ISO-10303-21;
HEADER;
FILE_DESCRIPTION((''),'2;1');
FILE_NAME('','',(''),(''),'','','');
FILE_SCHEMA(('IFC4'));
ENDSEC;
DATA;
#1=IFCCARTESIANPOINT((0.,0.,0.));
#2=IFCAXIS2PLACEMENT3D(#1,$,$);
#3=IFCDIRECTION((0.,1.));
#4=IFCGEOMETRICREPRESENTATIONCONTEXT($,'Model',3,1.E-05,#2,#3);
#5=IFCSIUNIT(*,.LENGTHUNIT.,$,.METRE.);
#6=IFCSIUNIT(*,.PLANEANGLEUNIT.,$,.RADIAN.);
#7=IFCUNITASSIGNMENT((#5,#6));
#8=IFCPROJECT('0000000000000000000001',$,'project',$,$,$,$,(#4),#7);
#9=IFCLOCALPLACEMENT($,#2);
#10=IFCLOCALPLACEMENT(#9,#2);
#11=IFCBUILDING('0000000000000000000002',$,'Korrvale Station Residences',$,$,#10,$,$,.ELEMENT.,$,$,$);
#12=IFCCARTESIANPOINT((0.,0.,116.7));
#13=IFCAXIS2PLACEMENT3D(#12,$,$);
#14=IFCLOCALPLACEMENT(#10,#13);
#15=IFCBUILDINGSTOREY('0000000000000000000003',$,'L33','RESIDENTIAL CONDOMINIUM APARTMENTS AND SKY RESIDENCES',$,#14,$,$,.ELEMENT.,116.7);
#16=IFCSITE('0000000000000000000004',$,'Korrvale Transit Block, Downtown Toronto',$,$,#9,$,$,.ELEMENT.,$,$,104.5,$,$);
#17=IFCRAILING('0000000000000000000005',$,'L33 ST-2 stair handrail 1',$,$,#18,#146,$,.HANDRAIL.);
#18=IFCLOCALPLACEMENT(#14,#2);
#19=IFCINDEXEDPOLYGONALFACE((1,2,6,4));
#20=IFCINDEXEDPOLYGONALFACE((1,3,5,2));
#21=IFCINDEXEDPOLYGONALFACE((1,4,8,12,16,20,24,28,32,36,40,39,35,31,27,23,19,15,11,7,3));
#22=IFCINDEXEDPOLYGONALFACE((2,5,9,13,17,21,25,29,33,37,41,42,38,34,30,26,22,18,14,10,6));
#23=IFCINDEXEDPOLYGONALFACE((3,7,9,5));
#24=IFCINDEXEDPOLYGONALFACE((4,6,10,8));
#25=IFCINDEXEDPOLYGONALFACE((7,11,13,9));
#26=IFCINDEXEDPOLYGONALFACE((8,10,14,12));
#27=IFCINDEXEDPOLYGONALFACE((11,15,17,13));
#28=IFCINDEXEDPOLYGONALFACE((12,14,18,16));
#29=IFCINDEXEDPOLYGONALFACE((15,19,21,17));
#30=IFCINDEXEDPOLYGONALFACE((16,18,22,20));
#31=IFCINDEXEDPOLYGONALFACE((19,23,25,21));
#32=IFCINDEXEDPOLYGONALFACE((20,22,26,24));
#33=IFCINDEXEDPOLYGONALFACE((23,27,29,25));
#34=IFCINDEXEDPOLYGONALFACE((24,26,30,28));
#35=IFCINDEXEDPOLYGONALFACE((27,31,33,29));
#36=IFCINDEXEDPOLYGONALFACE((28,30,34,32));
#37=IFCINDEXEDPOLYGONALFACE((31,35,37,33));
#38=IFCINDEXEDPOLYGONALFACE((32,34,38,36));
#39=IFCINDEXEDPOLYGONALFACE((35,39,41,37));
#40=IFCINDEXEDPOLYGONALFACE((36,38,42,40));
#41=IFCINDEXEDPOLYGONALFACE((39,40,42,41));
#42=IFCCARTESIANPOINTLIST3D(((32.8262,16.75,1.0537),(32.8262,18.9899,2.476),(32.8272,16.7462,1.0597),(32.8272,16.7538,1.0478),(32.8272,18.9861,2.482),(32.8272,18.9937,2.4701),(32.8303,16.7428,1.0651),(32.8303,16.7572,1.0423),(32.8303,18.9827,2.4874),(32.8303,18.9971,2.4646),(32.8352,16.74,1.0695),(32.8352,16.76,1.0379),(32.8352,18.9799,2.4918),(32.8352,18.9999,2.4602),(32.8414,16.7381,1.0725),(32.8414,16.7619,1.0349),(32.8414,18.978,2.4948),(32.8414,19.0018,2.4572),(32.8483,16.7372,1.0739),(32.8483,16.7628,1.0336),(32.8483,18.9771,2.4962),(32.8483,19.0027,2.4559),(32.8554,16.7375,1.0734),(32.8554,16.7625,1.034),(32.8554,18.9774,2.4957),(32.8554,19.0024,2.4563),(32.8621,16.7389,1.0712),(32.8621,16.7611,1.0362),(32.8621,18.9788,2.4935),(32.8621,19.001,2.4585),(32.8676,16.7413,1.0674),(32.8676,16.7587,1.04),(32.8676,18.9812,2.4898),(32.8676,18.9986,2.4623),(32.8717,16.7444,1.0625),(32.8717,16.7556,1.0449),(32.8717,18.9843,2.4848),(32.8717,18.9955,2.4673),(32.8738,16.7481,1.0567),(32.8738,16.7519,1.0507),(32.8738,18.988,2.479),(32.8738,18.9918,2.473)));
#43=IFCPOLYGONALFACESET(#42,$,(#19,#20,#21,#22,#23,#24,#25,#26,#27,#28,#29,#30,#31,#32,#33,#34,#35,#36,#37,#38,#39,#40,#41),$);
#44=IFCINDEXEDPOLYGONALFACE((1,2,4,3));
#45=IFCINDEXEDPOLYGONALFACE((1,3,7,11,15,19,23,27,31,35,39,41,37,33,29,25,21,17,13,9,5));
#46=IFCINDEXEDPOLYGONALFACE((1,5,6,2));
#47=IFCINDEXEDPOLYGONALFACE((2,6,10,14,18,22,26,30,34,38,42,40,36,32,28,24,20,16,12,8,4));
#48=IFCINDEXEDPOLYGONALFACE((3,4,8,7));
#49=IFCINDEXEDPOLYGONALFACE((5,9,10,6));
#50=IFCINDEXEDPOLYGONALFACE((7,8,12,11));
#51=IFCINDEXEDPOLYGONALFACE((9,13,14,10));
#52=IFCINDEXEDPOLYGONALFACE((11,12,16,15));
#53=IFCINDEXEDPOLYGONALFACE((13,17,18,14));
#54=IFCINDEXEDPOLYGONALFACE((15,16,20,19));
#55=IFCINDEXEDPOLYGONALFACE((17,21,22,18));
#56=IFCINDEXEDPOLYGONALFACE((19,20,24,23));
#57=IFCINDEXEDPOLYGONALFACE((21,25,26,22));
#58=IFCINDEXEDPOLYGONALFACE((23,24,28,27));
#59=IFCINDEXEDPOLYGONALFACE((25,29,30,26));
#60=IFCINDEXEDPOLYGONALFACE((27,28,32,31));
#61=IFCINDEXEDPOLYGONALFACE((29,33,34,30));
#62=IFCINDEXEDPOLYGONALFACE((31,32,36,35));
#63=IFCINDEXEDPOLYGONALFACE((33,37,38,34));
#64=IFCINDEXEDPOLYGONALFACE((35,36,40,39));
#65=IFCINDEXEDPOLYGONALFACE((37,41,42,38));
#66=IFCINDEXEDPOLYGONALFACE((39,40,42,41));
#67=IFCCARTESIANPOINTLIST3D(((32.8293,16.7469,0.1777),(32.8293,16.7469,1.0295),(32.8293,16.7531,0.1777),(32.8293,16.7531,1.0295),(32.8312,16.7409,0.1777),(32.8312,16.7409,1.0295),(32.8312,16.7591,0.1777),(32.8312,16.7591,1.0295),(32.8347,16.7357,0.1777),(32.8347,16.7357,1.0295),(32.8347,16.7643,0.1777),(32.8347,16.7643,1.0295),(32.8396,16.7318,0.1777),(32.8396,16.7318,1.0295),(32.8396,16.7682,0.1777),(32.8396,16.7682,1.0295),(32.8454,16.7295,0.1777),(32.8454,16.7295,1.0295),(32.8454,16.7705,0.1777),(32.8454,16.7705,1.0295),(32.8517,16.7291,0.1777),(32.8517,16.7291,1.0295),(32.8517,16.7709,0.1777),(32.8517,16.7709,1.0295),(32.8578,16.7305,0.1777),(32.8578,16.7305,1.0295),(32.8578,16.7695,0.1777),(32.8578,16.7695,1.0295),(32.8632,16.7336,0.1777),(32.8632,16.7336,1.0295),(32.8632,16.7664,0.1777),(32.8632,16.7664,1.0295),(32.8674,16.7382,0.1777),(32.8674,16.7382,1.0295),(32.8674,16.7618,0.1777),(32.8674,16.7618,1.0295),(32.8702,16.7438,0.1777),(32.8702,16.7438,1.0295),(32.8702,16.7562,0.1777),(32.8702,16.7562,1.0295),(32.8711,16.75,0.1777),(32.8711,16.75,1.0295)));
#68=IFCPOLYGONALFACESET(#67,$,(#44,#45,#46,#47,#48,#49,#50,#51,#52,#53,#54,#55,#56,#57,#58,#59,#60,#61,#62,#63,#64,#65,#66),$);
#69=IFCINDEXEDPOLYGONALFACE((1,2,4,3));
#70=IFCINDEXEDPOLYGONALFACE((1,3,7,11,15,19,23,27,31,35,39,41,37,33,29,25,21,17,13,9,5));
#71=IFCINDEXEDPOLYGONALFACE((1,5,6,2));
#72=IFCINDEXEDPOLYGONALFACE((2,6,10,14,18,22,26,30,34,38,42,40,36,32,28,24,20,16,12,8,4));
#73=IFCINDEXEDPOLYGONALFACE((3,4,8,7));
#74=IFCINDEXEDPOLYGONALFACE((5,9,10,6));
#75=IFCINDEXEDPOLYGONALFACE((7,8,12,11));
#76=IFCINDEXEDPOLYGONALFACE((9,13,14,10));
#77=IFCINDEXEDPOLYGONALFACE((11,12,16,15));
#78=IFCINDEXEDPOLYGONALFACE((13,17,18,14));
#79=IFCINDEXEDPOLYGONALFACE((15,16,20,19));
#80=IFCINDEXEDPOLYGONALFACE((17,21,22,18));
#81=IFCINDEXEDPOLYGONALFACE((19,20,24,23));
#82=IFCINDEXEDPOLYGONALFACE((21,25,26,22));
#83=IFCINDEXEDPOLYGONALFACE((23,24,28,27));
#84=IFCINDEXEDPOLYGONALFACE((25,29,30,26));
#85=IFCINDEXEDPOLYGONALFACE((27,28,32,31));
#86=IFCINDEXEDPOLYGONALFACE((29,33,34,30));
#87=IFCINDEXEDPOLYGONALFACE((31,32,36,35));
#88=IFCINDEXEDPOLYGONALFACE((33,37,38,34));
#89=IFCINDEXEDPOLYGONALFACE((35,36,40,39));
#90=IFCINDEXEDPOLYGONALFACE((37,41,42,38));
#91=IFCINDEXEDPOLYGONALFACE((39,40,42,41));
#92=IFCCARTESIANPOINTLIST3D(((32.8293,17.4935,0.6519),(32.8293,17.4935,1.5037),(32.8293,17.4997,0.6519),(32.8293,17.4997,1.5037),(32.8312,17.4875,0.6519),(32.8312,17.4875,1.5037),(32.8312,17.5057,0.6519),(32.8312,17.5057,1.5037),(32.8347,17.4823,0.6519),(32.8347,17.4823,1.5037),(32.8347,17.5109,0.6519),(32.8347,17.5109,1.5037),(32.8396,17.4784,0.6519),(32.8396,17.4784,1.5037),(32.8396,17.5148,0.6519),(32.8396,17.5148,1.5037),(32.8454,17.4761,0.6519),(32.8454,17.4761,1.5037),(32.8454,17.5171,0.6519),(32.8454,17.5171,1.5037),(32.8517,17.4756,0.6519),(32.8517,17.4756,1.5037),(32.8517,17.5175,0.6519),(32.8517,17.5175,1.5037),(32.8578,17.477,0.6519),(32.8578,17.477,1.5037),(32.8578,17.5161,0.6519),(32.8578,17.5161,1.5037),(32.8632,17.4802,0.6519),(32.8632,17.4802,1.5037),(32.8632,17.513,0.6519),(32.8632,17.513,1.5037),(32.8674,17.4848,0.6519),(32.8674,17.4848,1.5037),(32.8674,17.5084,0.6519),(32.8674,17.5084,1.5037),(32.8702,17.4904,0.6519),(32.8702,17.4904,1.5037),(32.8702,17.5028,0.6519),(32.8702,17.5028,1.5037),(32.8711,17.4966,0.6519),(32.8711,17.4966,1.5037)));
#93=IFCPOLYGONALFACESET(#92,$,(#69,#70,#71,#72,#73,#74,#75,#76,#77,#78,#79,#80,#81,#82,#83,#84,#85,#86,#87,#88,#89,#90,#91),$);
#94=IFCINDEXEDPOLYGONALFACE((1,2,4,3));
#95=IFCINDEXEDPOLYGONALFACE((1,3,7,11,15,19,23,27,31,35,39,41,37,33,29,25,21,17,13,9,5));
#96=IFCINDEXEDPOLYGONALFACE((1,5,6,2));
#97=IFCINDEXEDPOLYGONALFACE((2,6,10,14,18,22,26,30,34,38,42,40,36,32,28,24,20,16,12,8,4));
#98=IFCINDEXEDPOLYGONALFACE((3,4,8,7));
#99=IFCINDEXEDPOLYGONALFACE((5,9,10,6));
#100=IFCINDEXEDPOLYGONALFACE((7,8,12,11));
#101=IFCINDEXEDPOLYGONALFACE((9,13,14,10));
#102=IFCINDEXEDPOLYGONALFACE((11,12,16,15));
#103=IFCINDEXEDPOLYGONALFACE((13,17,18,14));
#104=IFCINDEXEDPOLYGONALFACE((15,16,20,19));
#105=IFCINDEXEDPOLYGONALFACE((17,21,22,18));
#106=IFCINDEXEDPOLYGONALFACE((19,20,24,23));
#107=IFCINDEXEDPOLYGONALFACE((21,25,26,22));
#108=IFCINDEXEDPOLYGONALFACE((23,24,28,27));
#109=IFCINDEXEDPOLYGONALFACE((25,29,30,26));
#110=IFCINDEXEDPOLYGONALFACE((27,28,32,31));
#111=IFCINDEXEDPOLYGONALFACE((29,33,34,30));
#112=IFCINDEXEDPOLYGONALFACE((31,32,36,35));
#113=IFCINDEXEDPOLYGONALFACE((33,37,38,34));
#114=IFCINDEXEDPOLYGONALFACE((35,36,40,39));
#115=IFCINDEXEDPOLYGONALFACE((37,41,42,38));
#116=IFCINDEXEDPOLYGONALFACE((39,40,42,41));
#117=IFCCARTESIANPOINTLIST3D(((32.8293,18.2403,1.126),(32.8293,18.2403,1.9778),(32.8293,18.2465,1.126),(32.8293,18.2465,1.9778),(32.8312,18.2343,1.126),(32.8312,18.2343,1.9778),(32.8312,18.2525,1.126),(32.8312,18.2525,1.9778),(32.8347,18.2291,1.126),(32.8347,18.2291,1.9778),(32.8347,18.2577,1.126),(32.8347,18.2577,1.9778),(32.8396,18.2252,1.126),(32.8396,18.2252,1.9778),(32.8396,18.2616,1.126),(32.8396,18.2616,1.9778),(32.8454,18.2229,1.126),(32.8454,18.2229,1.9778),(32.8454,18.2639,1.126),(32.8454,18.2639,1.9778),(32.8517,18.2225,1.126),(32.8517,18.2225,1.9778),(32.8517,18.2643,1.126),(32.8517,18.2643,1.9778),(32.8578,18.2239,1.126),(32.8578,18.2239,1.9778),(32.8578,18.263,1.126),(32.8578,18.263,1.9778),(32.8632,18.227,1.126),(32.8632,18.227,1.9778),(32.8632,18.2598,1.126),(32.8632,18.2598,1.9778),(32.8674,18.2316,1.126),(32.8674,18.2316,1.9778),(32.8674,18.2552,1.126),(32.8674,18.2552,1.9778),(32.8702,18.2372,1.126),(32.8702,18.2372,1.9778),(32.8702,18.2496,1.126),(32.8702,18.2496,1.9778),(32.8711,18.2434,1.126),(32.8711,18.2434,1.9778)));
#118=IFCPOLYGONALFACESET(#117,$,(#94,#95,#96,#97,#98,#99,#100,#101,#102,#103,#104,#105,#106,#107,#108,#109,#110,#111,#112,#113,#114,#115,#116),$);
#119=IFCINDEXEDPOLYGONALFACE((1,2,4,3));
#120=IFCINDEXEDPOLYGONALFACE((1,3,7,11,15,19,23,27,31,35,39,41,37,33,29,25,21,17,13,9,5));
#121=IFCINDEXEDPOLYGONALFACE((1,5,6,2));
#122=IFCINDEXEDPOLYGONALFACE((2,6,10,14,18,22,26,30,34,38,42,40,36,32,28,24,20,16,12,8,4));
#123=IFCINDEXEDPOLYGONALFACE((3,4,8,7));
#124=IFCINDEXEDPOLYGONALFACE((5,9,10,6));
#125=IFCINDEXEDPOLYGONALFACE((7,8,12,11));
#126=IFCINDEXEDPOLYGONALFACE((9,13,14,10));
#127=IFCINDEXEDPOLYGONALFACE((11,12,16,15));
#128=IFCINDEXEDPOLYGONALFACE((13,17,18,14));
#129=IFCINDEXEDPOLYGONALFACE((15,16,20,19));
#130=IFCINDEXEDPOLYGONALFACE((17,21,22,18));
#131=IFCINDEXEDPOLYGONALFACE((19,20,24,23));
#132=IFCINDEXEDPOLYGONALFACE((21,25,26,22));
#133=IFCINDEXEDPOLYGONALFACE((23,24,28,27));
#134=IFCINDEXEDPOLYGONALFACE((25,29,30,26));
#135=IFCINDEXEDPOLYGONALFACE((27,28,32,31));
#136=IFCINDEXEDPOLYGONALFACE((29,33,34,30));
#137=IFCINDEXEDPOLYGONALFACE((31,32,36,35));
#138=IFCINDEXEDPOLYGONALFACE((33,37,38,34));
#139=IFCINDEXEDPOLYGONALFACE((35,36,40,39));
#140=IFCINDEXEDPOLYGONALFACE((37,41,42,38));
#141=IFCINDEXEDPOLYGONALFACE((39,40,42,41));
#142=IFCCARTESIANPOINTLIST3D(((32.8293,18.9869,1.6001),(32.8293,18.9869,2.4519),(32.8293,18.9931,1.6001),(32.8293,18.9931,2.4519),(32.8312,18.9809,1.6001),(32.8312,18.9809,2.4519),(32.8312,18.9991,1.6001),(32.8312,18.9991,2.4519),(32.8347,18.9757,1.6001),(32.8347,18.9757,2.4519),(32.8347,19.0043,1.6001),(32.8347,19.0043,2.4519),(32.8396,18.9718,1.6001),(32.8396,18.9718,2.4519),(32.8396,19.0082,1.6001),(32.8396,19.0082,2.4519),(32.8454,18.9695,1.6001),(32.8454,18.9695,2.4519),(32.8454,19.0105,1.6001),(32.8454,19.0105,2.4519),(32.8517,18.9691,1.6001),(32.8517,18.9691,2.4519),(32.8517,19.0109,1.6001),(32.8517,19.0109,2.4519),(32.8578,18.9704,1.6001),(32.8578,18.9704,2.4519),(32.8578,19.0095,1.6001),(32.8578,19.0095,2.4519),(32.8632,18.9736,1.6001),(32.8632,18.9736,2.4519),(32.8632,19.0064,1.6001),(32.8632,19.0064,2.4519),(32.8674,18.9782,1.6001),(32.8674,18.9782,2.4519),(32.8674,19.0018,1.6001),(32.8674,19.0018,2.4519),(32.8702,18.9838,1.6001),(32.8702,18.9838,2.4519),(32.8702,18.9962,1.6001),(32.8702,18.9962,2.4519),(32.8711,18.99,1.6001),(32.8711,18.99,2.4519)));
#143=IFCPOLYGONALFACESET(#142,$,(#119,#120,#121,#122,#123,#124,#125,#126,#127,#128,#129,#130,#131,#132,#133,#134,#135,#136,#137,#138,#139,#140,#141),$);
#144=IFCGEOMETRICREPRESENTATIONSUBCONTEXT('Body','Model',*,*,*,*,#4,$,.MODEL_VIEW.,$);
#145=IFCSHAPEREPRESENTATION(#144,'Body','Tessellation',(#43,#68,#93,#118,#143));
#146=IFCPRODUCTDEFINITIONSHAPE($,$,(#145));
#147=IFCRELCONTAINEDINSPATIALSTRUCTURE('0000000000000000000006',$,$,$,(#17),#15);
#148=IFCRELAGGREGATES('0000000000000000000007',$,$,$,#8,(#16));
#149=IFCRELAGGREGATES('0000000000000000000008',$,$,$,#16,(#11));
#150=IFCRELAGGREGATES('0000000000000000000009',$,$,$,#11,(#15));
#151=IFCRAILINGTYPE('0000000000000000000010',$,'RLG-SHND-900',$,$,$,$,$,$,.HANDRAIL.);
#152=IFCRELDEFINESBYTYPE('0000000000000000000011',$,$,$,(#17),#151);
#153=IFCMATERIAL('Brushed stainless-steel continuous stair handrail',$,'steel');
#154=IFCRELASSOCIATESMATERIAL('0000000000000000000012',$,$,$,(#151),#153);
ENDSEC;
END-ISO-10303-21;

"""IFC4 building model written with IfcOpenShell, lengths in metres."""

from ifc_helpers import new_model, si_unit, direction, frame, origin, origin_2d, place, context, subcontext, project, spatial, circle, extrude, material, type_object, element, save


model = new_model("IFC4")

# Units and contexts
model_context = context("Model", 3, precision=1e-05, world=origin(), true_north=direction((0.0, 1.0)))
body_context = subcontext(model_context, "Body", "Model", "MODEL_VIEW")
ifc_project = project(units=[si_unit("LENGTHUNIT", "METRE"), si_unit("PLANEANGLEUNIT", "RADIAN")], contexts=[model_context])

# Site, building, storey
site_placement = place(None, origin())
site = spatial("IfcSite", under=ifc_project, at=site_placement, Name="Korrvale Transit Block, Downtown Toronto", CompositionType="ELEMENT", RefElevation=104.5)
building_placement = place(site_placement, origin())
building = spatial("IfcBuilding", under=site, at=building_placement, Name="Korrvale Station Residences", CompositionType="ELEMENT")
storey_placement = place(building_placement, frame((0.0, 0.0, 116.7)))
storey = spatial("IfcBuildingStorey", under=building, at=storey_placement, Name="L33", Description="RESIDENTIAL CONDOMINIUM APARTMENTS AND SKY RESIDENCES", CompositionType="ELEMENT", Elevation=116.7)

# Railing
ifc_material_1 = material(Name="Brushed stainless-steel continuous stair handrail", Category="steel")
railing_type_1 = type_object("IfcRailingType", Name="RLG-SHND-900", PredefinedType="HANDRAIL", material=ifc_material_1)
railing_1_placement = place(storey_placement, frame((32.8501, 16.75, 0.1777)))
element("IfcRailing", 1, at=railing_1_placement, inside=storey, type_object=railing_type_1, Name="L33 ST-2 stair handrail 1", PredefinedType="HANDRAIL", context=body_context, shape_type="SweptSolid", body=[
    extrude(circle(Radius=0.0239, at=origin_2d()), frame((0.0, 0.0, 0.876), z_axis=(0.0, 0.844188, 0.536048), x_axis=(-1.0, 0.0, 0.0)), (0.0, 0.0, 1.0), 2.6533),
    extrude(circle(Radius=0.021, at=origin_2d()), origin(), (0.0, 0.0, 1.0), 0.8518),
    extrude(circle(Radius=0.021, at=origin_2d()), frame((0.0, 0.7466, 0.4741)), (0.0, 0.0, 1.0), 0.8518),
    extrude(circle(Radius=0.021, at=origin_2d()), frame((0.0, 1.4934, 0.9482)), (0.0, 0.0, 1.0), 0.8518),
    extrude(circle(Radius=0.021, at=origin_2d()), frame((0.0, 2.24, 1.4224)), (0.0, 0.0, 1.0), 0.8518),
])

save(model, "model.ifc")
